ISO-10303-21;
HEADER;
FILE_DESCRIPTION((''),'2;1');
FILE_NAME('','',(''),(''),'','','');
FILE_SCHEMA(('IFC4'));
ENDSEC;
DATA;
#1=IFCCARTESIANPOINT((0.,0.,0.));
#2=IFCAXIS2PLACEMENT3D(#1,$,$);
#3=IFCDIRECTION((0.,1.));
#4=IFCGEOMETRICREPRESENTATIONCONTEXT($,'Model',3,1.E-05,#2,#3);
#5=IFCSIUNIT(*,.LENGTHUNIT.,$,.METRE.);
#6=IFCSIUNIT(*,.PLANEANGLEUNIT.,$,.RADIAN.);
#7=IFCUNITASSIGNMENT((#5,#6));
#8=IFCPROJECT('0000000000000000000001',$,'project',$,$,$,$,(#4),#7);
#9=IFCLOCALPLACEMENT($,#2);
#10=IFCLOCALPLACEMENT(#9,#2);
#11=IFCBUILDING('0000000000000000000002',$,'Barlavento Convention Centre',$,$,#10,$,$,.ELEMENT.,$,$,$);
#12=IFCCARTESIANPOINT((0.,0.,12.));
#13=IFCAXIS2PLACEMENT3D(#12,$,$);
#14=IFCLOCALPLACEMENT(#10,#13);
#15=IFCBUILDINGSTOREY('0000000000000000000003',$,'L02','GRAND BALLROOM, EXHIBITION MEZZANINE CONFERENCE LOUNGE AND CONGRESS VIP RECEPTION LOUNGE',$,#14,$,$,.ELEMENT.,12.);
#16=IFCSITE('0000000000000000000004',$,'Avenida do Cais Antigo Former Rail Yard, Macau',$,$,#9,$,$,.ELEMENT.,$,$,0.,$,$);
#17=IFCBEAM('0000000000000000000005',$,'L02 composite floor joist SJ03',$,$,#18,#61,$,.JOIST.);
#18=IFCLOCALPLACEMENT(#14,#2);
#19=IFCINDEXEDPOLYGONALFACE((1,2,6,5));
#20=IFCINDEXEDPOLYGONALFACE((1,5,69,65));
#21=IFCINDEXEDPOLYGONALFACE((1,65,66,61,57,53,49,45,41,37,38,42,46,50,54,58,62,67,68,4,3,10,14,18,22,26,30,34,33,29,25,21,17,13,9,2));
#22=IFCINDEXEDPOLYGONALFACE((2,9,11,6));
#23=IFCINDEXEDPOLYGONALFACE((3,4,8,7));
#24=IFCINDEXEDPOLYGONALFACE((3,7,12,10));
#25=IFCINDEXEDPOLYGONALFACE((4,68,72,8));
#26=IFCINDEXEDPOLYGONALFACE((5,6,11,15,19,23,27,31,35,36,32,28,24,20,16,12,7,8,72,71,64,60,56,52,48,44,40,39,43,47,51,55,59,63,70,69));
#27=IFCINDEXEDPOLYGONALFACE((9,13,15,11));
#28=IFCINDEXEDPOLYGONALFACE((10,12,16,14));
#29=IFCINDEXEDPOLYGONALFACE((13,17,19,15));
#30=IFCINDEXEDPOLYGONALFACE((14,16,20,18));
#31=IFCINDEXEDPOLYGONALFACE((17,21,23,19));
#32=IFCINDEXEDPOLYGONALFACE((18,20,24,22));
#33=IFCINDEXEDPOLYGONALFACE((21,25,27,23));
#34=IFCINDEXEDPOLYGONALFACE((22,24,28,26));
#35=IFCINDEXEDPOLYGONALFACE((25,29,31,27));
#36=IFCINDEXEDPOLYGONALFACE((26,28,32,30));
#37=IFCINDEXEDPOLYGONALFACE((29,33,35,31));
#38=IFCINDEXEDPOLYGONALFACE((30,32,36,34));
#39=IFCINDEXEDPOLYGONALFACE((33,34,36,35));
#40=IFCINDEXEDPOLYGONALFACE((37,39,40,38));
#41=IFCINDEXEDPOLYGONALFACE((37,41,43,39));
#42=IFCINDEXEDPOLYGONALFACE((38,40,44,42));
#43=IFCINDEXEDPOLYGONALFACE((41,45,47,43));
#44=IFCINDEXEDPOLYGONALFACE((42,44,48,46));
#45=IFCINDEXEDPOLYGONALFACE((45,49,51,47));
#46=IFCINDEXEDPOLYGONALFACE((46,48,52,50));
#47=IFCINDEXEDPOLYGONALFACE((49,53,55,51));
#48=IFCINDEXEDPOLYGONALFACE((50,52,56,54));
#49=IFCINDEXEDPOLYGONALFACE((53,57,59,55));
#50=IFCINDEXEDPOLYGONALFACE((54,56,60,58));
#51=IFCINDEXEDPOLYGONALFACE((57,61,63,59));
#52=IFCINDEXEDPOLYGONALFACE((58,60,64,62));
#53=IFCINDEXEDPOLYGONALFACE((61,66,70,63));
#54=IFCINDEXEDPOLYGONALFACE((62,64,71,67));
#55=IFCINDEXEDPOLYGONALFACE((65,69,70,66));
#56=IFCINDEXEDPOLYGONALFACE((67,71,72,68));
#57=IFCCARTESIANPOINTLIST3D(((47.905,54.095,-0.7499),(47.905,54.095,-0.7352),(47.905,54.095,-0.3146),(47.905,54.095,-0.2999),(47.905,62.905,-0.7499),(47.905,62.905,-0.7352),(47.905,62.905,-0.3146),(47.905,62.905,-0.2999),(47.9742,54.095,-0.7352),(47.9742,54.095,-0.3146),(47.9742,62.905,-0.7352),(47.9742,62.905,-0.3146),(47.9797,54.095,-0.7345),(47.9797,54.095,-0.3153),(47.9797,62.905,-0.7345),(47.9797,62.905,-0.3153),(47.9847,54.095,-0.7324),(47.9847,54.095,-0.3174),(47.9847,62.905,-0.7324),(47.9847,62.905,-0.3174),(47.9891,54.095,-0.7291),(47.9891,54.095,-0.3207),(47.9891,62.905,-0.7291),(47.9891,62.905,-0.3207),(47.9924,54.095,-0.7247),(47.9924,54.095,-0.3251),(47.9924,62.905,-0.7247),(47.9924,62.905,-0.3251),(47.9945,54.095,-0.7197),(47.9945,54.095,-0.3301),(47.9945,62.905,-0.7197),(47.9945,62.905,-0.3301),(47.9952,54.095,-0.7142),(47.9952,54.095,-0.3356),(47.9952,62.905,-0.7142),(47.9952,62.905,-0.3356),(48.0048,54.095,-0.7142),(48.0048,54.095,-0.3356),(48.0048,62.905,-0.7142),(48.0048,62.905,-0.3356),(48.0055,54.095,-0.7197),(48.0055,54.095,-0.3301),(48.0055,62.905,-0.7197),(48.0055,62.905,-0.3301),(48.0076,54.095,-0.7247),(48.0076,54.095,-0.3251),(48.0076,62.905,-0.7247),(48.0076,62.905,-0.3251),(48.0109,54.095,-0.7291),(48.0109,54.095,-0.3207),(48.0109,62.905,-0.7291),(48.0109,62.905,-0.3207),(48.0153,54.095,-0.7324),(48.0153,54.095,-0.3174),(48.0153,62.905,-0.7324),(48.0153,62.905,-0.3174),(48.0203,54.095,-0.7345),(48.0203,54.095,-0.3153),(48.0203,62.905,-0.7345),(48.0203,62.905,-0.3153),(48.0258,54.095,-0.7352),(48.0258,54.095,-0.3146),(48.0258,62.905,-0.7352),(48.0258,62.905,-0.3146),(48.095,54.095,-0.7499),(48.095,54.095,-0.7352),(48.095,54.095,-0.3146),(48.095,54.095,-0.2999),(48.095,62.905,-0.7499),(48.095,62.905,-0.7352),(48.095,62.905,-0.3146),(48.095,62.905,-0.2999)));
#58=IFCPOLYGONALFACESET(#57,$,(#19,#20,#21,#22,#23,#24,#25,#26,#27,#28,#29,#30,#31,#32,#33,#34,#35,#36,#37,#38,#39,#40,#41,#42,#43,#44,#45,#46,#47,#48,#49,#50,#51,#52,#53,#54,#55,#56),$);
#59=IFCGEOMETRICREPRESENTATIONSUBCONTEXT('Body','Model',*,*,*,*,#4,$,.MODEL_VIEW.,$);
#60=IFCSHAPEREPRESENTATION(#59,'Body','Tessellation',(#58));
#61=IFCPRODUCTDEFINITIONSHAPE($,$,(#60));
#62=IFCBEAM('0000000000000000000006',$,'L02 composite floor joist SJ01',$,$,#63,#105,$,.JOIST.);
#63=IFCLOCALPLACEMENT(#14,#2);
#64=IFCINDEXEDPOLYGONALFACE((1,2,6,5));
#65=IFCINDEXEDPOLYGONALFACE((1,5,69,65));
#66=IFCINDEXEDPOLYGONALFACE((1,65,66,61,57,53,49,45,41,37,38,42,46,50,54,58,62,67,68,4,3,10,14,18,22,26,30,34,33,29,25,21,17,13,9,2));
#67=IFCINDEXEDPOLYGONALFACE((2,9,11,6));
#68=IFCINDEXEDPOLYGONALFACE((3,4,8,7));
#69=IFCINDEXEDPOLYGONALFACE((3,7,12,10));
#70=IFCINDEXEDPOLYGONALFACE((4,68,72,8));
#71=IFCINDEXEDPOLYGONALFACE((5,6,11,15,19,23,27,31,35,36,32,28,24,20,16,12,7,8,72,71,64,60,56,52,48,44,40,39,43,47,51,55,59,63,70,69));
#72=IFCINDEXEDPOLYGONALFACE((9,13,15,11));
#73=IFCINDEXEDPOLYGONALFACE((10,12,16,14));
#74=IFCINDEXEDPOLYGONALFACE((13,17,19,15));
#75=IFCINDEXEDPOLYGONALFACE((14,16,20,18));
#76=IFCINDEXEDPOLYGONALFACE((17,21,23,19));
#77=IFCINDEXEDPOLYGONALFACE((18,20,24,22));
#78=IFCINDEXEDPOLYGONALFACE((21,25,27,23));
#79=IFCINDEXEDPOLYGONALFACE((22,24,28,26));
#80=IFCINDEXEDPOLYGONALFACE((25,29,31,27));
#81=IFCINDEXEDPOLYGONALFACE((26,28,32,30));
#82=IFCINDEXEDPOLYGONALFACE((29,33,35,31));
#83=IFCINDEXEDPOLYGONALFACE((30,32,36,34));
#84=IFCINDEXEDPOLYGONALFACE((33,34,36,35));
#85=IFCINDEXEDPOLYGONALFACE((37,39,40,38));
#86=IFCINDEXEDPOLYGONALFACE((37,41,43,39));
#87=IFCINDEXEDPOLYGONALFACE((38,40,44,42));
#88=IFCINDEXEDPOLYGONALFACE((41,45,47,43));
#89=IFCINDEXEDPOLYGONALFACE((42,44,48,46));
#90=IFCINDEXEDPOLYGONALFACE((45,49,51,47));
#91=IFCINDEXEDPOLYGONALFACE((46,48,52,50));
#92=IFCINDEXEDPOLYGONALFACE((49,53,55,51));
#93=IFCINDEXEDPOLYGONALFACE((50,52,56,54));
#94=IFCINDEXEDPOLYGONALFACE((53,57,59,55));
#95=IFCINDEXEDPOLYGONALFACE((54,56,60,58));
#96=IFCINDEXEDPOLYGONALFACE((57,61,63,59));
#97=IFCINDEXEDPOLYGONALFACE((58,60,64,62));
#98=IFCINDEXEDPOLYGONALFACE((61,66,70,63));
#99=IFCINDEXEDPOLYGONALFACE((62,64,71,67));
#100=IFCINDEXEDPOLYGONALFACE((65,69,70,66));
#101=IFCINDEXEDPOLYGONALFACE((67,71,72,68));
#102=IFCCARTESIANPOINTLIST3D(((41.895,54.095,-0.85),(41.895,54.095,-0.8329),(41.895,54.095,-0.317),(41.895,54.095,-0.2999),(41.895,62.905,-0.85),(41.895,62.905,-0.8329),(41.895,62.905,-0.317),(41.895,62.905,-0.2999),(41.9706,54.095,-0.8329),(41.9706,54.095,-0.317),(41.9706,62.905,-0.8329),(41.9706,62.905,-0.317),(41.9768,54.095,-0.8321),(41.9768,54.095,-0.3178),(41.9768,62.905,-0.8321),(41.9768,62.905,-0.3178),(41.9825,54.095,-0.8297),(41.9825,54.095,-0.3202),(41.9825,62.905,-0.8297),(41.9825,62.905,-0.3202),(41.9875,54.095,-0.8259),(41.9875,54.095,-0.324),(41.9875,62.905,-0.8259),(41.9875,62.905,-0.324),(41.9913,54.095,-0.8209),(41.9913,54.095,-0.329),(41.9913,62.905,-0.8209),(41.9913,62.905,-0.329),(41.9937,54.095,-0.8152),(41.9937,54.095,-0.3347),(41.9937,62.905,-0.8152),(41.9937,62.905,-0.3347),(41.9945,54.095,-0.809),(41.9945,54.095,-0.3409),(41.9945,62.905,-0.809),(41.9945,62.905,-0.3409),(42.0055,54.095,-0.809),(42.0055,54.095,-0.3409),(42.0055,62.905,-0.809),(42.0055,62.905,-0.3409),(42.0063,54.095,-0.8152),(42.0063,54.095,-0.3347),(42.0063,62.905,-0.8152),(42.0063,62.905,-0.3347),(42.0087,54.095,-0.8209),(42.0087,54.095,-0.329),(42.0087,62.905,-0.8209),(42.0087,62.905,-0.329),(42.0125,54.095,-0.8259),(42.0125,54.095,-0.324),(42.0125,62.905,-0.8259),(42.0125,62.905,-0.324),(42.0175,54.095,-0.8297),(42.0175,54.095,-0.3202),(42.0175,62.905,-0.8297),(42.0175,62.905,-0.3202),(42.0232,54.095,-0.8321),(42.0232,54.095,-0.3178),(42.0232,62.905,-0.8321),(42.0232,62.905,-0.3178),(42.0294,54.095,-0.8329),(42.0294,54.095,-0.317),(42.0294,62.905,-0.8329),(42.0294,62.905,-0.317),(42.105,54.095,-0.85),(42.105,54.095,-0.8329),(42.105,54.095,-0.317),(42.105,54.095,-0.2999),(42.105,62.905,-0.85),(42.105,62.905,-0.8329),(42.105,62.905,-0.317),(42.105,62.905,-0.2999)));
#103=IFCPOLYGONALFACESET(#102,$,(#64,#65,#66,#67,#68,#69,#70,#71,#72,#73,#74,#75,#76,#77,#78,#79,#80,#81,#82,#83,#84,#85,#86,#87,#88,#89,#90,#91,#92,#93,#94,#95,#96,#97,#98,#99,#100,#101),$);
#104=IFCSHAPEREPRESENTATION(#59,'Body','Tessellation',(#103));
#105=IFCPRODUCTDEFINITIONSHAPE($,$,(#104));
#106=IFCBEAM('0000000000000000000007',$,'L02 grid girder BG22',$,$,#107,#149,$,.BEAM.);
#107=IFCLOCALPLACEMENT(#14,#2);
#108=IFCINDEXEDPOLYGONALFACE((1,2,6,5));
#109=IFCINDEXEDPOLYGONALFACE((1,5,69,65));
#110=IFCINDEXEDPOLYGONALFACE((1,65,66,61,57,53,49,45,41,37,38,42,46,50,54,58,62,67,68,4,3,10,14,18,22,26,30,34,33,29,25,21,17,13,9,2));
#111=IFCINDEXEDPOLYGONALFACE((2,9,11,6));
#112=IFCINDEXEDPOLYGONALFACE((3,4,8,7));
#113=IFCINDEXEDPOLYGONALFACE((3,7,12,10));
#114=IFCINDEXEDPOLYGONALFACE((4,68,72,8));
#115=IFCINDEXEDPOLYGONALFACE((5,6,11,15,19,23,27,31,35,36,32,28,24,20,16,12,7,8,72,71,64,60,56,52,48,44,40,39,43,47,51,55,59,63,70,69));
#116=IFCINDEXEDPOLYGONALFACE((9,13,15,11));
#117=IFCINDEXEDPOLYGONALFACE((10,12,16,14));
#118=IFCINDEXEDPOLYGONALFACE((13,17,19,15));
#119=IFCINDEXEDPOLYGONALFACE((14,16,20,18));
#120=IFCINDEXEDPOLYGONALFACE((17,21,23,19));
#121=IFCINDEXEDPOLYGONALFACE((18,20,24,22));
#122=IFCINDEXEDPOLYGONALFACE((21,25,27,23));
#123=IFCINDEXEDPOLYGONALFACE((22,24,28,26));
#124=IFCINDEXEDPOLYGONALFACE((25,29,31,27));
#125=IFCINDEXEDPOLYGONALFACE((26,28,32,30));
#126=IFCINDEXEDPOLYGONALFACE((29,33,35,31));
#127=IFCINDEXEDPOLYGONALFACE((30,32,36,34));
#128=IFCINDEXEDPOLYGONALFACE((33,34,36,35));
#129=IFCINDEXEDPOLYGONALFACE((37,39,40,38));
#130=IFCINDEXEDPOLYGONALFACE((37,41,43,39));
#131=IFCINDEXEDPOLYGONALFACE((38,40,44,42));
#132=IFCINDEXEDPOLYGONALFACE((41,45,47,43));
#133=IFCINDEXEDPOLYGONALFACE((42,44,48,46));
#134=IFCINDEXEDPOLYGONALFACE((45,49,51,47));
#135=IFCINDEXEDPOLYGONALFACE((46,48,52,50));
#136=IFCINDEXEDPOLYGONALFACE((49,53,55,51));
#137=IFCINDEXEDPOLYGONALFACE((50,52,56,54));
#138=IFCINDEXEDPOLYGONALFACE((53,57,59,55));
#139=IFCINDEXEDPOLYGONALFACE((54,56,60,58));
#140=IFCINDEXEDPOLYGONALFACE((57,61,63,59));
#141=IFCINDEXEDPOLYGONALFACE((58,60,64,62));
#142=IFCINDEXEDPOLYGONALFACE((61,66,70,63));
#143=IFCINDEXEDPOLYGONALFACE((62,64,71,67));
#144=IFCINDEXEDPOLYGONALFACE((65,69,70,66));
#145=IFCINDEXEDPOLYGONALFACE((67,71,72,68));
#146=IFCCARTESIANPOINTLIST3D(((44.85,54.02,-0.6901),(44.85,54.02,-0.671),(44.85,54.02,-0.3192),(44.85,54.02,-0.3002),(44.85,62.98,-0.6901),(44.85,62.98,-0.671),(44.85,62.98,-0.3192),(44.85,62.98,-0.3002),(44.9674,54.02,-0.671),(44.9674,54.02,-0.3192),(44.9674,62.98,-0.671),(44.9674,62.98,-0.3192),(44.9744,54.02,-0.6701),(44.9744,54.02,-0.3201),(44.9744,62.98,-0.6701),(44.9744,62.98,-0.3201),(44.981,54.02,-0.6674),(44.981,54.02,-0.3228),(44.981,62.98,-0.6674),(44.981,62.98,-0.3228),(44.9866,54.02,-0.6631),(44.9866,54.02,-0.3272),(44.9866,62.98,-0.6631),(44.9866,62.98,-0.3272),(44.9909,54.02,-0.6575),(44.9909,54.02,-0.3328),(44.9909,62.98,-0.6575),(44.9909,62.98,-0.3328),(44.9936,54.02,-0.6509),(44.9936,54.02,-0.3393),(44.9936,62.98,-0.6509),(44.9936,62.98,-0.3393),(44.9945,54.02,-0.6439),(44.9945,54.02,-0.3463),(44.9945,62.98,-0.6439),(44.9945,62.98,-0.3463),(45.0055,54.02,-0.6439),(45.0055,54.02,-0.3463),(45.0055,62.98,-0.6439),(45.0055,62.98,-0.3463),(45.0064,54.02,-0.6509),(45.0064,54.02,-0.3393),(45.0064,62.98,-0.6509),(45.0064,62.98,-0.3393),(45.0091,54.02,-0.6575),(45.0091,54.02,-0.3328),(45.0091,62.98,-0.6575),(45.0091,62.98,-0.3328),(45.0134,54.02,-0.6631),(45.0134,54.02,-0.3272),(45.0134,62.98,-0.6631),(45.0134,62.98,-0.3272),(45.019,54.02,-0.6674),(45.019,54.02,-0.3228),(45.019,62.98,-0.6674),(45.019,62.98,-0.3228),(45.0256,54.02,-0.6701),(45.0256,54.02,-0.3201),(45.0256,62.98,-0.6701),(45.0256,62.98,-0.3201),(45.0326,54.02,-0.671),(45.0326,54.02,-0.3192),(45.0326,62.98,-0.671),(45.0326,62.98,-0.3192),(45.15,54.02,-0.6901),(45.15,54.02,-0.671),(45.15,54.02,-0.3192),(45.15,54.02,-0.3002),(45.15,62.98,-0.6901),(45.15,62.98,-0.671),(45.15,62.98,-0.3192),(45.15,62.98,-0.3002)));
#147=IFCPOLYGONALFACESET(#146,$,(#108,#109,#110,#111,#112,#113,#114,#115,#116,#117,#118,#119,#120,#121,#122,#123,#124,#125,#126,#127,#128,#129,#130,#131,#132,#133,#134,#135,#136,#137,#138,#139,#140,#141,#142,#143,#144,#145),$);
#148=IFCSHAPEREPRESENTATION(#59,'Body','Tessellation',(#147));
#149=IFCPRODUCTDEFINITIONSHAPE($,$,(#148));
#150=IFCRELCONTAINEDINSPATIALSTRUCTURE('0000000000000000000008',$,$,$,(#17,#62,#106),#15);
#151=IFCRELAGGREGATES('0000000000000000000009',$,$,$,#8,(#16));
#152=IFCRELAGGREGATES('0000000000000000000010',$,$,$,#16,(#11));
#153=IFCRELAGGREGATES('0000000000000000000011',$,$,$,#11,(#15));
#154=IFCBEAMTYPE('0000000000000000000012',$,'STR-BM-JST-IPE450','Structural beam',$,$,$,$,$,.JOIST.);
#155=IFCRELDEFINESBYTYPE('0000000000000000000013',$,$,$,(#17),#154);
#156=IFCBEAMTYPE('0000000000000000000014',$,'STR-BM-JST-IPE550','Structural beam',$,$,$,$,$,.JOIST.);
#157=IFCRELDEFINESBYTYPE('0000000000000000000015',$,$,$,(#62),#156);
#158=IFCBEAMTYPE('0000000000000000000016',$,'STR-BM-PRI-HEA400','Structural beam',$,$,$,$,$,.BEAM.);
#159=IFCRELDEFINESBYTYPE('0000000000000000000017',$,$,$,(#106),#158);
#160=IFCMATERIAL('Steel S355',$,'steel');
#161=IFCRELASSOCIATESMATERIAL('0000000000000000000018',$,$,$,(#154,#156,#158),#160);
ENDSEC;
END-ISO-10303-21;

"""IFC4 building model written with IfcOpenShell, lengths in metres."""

from ifc_helpers import new_model, si_unit, direction, frame, origin, origin_2d, place, context, subcontext, project, spatial, i_section, extrude, material, material_profile, profile_set, type_object, element, save


model = new_model("IFC4")

# Units and contexts
model_context = context("Model", 3, precision=1e-05, world=origin(), true_north=direction((0.0, 1.0)))
body_context = subcontext(model_context, "Body", "Model", "MODEL_VIEW")
ifc_project = project(units=[si_unit("LENGTHUNIT", "METRE"), si_unit("PLANEANGLEUNIT", "RADIAN")], contexts=[model_context])

# Site, building, storey
site_placement = place(None, origin())
site = spatial("IfcSite", under=ifc_project, at=site_placement, Name="Avenida do Cais Antigo Former Rail Yard, Macau", CompositionType="ELEMENT", RefElevation=0.0)
building_placement = place(site_placement, origin())
building = spatial("IfcBuilding", under=site, at=building_placement, Name="Barlavento Convention Centre", CompositionType="ELEMENT")
storey_placement = place(building_placement, frame((0.0, 0.0, 12.0)))
storey = spatial("IfcBuildingStorey", under=building, at=storey_placement, Name="L02", Description="GRAND BALLROOM, EXHIBITION MEZZANINE CONFERENCE LOUNGE AND CONGRESS VIP RECEPTION LOUNGE", CompositionType="ELEMENT", Elevation=12.0)

# Shared definitions
ifc_material_1 = material(Name="Steel S355", Category="steel")

# Beams
ifc_material_profile_1 = material_profile(ifc_material_1, i_section(OverallWidth=0.1899, OverallDepth=0.45, WebThickness=0.0095, FlangeThickness=0.0146, FilletRadius=0.021, at=origin_2d()), Name="IPE 450")
ifc_profile_set_1 = profile_set([ifc_material_profile_1], Name="Steel S355")
beam_type_1 = type_object("IfcBeamType", Name="STR-BM-JST-IPE450", Description="Structural beam", PredefinedType="JOIST", material=ifc_profile_set_1)
beam_1_placement = place(storey_placement, frame((48.0, 54.095, -0.5249), z_axis=(0.0, 1.0, 0.0), x_axis=(-1.0, 0.0, 0.0)))
element("IfcBeam", 1, at=beam_1_placement, inside=storey, type_object=beam_type_1, Name="L02 composite floor joist SJ03", PredefinedType="JOIST", context=body_context, shape_type="SweptSolid", body=[
    extrude(i_section(OverallWidth=0.1899, OverallDepth=0.45, WebThickness=0.0095, FlangeThickness=0.0146, FilletRadius=0.021, at=origin_2d()), origin(), (0.0, 0.0, 1.0), 8.8101),
])
ifc_material_profile_2 = material_profile(ifc_material_1, i_section(OverallWidth=0.21, OverallDepth=0.55, WebThickness=0.011, FlangeThickness=0.0171, FilletRadius=0.0239, at=origin_2d()), Name="IPE 550")
ifc_profile_set_2 = profile_set([ifc_material_profile_2], Name="Steel S355")
beam_type_2 = type_object("IfcBeamType", Name="STR-BM-JST-IPE550", Description="Structural beam", PredefinedType="JOIST", material=ifc_profile_set_2)
beam_2_placement = place(storey_placement, frame((42.0, 54.095, -0.575), z_axis=(0.0, 1.0, 0.0), x_axis=(-1.0, 0.0, 0.0)))
element("IfcBeam", 2, at=beam_2_placement, inside=storey, type_object=beam_type_2, Name="L02 composite floor joist SJ01", PredefinedType="JOIST", context=body_context, shape_type="SweptSolid", body=[
    extrude(i_section(OverallWidth=0.21, OverallDepth=0.55, WebThickness=0.011, FlangeThickness=0.0171, FilletRadius=0.0239, at=origin_2d()), origin(), (0.0, 0.0, 1.0), 8.8101),
])
ifc_material_profile_3 = material_profile(ifc_material_1, i_section(OverallWidth=0.3, OverallDepth=0.3899, WebThickness=0.011, FlangeThickness=0.019, FilletRadius=0.0271, at=origin_2d()), Name="HEA 400")
ifc_profile_set_3 = profile_set([ifc_material_profile_3], Name="Steel S355")
beam_type_3 = type_object("IfcBeamType", Name="STR-BM-PRI-HEA400", Description="Structural beam", PredefinedType="BEAM", material=ifc_profile_set_3)
beam_3_placement = place(storey_placement, frame((45.0, 54.02, -0.4951), z_axis=(0.0, 1.0, 0.0), x_axis=(-1.0, 0.0, 0.0)))
element("IfcBeam", 3, at=beam_3_placement, inside=storey, type_object=beam_type_3, Name="L02 grid girder BG22", PredefinedType="BEAM", context=body_context, shape_type="SweptSolid", body=[
    extrude(i_section(OverallWidth=0.3, OverallDepth=0.3899, WebThickness=0.011, FlangeThickness=0.019, FilletRadius=0.0271, at=origin_2d()), origin(), (0.0, 0.0, 1.0), 8.96),
])

save(model, "model.ifc")
